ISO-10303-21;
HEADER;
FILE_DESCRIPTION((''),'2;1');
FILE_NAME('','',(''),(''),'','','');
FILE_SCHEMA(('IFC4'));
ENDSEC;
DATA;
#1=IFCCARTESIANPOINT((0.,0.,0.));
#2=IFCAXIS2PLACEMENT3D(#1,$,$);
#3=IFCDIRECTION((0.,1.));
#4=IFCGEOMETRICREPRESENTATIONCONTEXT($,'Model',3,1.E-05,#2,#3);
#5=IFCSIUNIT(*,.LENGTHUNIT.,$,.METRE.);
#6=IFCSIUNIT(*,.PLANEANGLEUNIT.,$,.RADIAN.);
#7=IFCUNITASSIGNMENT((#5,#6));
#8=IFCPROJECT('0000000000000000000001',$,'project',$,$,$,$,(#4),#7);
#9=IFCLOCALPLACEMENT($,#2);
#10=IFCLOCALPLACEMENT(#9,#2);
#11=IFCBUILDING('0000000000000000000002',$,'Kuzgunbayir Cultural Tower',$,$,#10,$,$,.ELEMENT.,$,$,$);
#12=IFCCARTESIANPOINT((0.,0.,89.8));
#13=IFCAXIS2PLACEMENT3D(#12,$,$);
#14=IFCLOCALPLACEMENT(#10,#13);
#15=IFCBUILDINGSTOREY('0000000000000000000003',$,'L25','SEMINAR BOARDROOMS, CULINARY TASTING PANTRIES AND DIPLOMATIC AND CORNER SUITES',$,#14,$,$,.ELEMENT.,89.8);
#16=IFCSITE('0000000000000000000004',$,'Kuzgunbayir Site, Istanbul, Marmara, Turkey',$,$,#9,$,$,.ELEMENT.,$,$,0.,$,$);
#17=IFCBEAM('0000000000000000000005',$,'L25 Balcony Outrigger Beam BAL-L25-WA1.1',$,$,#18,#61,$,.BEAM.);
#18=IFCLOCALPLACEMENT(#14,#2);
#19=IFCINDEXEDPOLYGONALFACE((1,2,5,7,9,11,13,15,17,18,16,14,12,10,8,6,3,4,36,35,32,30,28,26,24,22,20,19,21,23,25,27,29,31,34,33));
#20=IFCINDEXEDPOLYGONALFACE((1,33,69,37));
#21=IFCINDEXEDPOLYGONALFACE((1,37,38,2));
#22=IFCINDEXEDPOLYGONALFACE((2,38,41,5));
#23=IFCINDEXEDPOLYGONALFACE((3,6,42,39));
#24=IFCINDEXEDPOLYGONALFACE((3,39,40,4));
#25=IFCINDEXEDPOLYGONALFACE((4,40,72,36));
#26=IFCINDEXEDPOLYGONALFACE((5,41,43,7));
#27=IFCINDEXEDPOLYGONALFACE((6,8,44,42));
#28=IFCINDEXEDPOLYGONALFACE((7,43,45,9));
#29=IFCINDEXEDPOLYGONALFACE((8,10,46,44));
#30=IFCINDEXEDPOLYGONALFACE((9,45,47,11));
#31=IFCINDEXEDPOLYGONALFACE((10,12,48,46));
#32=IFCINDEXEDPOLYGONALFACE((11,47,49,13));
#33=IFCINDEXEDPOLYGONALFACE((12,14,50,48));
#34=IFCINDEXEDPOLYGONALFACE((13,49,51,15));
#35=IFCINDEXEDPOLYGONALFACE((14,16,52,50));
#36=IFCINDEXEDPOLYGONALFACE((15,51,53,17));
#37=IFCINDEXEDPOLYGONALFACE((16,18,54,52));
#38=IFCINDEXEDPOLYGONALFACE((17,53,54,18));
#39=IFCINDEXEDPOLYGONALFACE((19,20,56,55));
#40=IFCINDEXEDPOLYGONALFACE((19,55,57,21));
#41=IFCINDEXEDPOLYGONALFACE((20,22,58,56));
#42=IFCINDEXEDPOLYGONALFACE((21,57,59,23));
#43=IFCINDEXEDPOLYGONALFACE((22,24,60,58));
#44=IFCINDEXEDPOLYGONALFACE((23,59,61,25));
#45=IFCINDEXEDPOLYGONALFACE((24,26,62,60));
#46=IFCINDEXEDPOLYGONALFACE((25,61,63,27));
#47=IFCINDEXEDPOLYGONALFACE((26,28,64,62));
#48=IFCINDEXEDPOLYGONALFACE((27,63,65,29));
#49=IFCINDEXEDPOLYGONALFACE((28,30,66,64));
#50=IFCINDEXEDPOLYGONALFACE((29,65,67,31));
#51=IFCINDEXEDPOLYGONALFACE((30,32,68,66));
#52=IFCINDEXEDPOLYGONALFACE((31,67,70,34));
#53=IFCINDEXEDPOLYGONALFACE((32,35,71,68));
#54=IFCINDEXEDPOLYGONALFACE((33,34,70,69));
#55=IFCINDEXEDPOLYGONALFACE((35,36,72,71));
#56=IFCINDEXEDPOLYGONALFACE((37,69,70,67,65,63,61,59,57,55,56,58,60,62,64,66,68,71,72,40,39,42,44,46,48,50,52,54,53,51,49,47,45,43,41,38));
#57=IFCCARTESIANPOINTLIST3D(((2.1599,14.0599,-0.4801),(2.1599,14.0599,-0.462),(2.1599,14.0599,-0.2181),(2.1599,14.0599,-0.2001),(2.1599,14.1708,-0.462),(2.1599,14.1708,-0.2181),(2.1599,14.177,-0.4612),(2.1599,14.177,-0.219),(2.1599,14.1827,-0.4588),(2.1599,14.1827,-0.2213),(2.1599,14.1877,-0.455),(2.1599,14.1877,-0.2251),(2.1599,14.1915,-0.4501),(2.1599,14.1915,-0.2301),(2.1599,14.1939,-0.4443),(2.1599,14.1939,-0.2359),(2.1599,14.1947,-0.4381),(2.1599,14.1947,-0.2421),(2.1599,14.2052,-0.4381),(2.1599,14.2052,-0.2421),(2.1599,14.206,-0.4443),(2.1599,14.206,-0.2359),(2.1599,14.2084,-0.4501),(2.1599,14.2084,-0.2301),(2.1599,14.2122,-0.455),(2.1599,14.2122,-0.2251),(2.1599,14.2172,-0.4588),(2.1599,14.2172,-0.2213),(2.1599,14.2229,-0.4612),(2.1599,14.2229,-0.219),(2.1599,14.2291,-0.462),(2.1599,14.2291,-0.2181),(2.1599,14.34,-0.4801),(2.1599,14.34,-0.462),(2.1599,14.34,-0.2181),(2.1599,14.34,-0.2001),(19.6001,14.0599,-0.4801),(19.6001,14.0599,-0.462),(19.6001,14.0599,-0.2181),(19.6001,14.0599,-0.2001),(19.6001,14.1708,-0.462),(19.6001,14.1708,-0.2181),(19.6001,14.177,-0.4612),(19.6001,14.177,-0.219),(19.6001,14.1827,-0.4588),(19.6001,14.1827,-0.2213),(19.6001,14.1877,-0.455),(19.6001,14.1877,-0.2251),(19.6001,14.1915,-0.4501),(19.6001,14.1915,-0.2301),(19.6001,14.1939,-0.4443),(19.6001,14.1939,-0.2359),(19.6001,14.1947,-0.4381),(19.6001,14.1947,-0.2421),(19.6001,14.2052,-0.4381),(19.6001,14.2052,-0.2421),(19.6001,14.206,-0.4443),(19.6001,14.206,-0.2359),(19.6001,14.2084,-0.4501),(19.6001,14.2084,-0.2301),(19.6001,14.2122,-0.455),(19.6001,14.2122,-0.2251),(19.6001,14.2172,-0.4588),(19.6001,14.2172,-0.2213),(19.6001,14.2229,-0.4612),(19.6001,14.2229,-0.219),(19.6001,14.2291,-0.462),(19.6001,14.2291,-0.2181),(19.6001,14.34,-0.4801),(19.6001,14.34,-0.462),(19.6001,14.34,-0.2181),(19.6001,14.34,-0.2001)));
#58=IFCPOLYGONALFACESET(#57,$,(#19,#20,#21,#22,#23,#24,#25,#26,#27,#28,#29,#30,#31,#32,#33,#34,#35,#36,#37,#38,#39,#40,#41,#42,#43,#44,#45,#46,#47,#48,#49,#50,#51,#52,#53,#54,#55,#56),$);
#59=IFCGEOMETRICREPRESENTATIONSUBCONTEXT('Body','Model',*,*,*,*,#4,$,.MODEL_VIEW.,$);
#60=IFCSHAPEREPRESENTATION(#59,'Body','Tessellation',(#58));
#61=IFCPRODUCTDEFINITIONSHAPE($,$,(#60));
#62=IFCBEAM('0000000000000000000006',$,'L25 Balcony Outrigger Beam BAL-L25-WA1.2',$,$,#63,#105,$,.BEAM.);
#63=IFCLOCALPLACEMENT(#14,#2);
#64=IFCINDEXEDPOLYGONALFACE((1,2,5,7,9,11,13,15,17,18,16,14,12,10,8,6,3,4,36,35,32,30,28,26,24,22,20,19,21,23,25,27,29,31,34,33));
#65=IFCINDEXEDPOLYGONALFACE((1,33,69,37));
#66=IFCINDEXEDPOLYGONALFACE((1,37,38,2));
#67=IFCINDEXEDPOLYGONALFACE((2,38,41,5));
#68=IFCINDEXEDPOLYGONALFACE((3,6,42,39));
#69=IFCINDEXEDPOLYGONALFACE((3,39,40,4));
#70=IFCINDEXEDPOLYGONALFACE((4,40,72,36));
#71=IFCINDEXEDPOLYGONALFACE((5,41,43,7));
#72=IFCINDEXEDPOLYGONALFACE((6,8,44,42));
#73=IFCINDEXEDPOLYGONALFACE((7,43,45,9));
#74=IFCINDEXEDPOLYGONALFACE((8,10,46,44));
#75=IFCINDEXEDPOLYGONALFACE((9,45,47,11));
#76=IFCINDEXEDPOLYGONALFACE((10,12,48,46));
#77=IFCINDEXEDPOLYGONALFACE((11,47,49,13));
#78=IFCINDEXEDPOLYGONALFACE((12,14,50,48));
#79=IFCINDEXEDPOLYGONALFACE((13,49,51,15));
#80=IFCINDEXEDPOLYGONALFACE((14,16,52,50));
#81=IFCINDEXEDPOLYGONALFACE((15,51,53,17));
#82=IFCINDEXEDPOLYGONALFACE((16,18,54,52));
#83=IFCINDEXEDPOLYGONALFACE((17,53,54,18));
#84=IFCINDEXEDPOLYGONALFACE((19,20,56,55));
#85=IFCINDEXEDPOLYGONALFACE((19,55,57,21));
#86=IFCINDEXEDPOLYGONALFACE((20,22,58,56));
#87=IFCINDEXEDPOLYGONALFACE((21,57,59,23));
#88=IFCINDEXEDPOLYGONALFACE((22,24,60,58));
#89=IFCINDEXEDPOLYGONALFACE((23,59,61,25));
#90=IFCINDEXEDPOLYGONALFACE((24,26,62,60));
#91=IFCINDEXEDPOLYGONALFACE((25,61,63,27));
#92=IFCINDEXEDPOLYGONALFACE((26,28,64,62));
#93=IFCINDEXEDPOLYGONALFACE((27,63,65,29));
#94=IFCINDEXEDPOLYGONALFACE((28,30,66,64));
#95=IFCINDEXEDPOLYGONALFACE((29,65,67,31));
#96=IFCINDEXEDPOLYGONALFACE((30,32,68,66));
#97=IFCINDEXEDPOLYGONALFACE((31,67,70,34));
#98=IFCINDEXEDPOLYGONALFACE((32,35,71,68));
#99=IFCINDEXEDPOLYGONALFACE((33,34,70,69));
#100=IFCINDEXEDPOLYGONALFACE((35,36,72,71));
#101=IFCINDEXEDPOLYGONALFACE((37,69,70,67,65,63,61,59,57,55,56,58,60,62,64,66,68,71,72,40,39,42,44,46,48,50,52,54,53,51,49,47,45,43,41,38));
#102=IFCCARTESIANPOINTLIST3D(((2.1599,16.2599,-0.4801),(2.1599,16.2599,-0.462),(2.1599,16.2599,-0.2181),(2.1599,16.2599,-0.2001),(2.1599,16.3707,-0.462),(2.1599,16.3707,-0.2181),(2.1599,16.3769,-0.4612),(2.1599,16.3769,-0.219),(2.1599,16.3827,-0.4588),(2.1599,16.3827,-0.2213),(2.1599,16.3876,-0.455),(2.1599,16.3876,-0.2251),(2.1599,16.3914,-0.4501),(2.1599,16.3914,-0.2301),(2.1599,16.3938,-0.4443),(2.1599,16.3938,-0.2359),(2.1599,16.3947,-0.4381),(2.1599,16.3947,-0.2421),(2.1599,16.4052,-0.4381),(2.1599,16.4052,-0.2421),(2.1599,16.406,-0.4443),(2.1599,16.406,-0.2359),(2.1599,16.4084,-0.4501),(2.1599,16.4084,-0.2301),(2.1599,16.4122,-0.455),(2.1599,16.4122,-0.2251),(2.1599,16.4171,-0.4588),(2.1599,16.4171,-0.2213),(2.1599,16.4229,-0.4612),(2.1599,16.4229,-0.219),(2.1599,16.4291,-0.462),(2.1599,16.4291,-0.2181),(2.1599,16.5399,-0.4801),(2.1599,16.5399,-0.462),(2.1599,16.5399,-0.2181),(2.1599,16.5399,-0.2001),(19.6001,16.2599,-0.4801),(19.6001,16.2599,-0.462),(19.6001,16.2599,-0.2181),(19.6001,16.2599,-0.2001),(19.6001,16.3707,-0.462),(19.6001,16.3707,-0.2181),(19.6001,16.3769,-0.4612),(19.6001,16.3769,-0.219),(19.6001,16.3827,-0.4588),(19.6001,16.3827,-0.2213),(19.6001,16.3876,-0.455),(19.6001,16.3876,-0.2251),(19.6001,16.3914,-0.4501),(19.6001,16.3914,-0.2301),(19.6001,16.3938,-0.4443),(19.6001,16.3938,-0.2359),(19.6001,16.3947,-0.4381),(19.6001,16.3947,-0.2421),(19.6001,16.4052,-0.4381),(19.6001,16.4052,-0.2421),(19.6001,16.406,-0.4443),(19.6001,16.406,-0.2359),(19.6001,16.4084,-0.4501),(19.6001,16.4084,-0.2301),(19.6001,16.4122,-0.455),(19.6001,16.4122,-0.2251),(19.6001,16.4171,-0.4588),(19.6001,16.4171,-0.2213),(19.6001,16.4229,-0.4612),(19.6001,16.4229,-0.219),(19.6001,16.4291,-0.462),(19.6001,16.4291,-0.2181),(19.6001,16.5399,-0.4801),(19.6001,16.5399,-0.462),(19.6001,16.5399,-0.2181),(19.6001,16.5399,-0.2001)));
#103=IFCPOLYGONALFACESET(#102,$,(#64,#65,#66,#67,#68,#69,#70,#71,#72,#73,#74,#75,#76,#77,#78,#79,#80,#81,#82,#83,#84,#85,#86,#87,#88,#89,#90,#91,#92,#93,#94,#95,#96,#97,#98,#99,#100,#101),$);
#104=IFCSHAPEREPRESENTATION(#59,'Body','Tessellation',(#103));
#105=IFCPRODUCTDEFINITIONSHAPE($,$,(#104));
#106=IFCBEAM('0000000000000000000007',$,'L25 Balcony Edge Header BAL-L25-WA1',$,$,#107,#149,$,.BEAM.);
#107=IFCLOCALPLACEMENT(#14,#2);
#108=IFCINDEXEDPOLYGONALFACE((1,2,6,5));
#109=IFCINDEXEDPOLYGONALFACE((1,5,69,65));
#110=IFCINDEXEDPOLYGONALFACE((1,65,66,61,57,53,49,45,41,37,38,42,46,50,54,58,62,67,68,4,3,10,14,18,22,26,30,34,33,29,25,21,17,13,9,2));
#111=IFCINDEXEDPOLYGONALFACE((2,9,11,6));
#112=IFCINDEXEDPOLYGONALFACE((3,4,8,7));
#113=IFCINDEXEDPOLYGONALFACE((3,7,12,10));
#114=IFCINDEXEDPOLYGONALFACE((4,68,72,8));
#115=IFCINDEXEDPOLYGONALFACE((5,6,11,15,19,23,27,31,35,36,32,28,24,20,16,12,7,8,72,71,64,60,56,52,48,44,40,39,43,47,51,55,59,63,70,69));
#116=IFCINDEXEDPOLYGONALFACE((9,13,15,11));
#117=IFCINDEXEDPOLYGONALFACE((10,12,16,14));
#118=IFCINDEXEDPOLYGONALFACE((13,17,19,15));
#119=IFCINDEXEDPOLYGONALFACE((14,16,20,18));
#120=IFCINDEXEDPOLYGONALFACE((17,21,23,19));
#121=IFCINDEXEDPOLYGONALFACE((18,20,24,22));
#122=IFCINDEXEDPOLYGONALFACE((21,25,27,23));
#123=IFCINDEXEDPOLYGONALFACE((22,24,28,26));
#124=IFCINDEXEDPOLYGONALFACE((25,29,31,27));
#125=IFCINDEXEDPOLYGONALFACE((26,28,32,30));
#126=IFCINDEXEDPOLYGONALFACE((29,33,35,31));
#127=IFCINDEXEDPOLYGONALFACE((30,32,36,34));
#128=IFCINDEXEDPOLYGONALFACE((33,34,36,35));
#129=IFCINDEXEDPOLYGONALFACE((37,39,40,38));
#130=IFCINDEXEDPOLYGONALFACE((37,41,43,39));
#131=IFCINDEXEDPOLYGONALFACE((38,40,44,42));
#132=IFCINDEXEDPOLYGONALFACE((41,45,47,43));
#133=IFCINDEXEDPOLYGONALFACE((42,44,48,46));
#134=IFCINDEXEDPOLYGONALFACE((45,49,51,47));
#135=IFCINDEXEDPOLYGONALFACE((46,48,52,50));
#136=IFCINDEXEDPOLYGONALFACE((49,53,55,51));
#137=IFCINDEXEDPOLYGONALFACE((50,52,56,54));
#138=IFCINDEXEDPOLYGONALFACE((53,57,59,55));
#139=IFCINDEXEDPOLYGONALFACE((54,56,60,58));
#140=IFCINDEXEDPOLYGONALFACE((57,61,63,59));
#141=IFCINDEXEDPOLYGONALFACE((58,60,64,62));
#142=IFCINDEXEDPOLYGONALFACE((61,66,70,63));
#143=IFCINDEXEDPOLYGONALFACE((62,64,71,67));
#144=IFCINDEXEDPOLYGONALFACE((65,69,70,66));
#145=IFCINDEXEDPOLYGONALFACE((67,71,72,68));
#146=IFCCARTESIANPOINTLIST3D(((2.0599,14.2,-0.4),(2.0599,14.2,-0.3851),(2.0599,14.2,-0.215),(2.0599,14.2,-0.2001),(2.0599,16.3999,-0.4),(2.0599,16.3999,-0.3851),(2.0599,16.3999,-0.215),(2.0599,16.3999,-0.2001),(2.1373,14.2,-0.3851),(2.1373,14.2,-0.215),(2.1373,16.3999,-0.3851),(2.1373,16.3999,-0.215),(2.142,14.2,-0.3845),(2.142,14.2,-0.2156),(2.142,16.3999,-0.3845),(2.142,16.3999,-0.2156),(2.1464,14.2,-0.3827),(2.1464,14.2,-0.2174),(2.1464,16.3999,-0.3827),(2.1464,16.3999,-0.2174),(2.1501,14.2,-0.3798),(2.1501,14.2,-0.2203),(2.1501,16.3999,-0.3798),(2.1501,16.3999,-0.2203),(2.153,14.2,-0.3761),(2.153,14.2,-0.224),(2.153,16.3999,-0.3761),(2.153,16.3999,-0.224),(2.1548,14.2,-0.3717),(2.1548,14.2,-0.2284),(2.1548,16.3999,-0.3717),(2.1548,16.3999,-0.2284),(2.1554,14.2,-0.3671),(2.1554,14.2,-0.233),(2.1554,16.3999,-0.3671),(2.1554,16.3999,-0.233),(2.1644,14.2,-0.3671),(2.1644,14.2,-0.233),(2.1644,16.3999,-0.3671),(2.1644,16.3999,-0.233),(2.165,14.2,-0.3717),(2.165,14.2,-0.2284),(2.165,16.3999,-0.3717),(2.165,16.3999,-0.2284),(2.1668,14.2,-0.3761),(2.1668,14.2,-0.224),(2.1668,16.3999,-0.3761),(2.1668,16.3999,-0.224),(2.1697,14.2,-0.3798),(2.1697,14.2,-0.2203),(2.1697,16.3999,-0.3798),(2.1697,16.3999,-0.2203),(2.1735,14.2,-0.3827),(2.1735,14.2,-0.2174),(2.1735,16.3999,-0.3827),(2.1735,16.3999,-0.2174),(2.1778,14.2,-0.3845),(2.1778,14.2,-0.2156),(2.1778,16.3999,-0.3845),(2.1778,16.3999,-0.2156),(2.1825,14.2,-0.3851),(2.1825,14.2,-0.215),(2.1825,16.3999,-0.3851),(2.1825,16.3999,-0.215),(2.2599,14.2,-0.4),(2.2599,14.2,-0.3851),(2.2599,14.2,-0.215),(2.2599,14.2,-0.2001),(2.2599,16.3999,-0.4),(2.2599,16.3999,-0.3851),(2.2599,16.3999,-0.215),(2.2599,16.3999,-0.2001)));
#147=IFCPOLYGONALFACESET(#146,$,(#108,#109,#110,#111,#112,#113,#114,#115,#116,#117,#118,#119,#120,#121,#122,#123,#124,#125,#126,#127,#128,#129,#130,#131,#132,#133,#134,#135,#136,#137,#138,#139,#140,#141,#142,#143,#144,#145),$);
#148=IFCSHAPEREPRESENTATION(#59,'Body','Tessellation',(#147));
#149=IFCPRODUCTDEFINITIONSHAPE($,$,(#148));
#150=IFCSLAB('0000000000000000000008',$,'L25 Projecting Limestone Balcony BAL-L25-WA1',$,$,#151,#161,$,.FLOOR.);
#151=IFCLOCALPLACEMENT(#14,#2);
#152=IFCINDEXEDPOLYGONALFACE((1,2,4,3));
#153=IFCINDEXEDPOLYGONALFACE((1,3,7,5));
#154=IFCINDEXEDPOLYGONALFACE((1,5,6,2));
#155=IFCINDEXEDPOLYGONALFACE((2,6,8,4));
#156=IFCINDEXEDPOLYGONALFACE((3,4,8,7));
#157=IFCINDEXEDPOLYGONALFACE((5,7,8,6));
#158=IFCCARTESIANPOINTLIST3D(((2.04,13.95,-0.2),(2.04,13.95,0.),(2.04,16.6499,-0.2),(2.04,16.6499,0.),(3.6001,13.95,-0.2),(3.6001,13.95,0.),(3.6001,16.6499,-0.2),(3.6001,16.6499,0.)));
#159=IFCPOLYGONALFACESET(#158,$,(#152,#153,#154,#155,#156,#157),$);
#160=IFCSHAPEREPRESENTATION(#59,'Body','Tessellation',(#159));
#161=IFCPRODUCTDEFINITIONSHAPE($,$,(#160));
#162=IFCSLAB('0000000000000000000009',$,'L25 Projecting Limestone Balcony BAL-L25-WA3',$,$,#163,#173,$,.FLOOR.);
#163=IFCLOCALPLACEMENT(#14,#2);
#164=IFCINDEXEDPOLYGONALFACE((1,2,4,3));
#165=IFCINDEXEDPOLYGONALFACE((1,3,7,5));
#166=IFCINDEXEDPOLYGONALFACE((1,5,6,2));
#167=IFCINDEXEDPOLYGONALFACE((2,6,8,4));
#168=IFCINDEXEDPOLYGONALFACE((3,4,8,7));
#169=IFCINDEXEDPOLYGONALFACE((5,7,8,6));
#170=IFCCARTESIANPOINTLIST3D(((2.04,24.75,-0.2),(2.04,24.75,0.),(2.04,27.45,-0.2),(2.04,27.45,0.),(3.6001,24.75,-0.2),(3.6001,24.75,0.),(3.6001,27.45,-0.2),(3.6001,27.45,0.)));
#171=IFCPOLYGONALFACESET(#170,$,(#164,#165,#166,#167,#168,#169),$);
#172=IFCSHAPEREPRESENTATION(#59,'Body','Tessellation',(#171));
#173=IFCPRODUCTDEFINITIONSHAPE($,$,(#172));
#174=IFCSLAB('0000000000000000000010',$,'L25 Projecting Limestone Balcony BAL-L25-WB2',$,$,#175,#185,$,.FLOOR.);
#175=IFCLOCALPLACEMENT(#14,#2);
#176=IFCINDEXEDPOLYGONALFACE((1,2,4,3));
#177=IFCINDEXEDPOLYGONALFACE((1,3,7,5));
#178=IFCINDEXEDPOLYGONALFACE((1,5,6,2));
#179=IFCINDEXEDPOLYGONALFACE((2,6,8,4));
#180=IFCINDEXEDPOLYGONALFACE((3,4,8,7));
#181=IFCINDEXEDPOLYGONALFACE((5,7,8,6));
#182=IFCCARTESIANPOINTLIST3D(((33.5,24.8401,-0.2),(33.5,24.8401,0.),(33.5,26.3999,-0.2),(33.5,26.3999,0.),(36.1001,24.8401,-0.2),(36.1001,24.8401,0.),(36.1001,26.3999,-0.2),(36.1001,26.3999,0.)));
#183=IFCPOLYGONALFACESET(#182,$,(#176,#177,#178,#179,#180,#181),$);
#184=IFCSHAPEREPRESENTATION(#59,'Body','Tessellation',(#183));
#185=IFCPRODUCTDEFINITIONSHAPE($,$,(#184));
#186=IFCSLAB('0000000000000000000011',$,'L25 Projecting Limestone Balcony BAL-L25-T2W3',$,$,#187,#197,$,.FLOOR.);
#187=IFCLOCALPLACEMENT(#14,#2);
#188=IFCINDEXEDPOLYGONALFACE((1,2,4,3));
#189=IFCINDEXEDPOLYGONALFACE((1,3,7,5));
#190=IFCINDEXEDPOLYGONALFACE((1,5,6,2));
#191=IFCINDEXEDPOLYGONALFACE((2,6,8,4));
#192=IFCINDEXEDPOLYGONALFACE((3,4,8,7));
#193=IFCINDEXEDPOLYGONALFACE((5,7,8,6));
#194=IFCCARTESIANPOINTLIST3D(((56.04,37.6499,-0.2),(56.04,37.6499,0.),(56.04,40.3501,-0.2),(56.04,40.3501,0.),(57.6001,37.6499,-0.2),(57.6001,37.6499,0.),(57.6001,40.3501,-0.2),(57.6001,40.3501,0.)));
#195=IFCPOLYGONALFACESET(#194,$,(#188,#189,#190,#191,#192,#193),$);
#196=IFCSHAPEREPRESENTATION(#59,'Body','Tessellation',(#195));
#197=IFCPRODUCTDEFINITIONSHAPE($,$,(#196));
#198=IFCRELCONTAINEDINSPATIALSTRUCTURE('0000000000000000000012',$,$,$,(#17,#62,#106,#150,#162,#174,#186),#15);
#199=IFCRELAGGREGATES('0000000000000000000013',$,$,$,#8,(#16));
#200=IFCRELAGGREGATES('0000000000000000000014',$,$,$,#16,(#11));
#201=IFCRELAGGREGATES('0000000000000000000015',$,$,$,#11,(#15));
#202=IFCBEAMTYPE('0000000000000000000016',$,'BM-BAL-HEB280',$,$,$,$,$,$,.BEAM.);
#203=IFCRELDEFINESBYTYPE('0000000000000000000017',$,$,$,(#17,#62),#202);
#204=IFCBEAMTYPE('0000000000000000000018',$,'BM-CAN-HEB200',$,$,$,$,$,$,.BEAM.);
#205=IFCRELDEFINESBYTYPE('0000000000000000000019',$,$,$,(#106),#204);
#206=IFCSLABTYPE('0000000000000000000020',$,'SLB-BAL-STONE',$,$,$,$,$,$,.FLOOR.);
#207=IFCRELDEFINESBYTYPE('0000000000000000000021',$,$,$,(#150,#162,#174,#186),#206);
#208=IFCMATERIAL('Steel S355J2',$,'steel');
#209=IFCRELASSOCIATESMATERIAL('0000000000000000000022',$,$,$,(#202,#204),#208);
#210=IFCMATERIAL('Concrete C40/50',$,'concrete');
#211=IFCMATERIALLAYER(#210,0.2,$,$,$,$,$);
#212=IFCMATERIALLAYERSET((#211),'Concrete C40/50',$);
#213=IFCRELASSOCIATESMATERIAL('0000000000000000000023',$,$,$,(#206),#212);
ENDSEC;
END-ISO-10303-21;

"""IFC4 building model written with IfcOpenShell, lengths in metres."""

from ifc_helpers import new_model, si_unit, direction, frame, origin, origin_2d, place, context, subcontext, project, spatial, polyline, i_section, outline, extrude, material, layer, layer_set, material_profile, profile_set, type_object, element, save


model = new_model("IFC4")

# Units and contexts
model_context = context("Model", 3, precision=1e-05, world=origin(), true_north=direction((0.0, 1.0)))
body_context = subcontext(model_context, "Body", "Model", "MODEL_VIEW")
ifc_project = project(units=[si_unit("LENGTHUNIT", "METRE"), si_unit("PLANEANGLEUNIT", "RADIAN")], contexts=[model_context])

# Site, building, storey
site_placement = place(None, origin())
site = spatial("IfcSite", under=ifc_project, at=site_placement, Name="Kuzgunbayir Site, Istanbul, Marmara, Turkey", CompositionType="ELEMENT", RefElevation=0.0)
building_placement = place(site_placement, origin())
building = spatial("IfcBuilding", under=site, at=building_placement, Name="Kuzgunbayir Cultural Tower", CompositionType="ELEMENT")
storey_placement = place(building_placement, frame((0.0, 0.0, 89.8)))
storey = spatial("IfcBuildingStorey", under=building, at=storey_placement, Name="L25", Description="SEMINAR BOARDROOMS, CULINARY TASTING PANTRIES AND DIPLOMATIC AND CORNER SUITES", CompositionType="ELEMENT", Elevation=89.8)

# Beams
ifc_material_1 = material(Name="Steel S355J2", Category="steel")
ifc_material_profile_1 = material_profile(ifc_material_1, i_section(OverallWidth=0.28, OverallDepth=0.28, WebThickness=0.0105, FlangeThickness=0.0181, FilletRadius=0.0239, at=origin_2d()), Name="HEB 280")
ifc_profile_set_1 = profile_set([ifc_material_profile_1], Name="Steel S355J2")
beam_type_1 = type_object("IfcBeamType", Name="BM-BAL-HEB280", PredefinedType="BEAM", material=ifc_profile_set_1)
for number, where, z_axis, x_axis, name in (
    (1, (2.1599, 14.2, -0.3401), (1.0, 0.0, 0.0), (0.0, 1.0, 0.0), "L25 Balcony Outrigger Beam BAL-L25-WA1.1"),
    (2, (2.1599, 16.3999, -0.3401), (1.0, 0.0, 0.0), (0.0, 1.0, 0.0), "L25 Balcony Outrigger Beam BAL-L25-WA1.2"),
):
    element("IfcBeam", number, at=place(storey_placement, frame(where, z_axis=z_axis, x_axis=x_axis)), inside=storey, type_object=beam_type_1, Name=name, PredefinedType="BEAM", context=body_context, shape_type="SweptSolid", body=[
        extrude(i_section(OverallWidth=0.28, OverallDepth=0.28, WebThickness=0.0105, FlangeThickness=0.0181, FilletRadius=0.0239, at=origin_2d()), origin(), (0.0, 0.0, 1.0), 17.4402),
    ])
ifc_material_profile_2 = material_profile(ifc_material_1, i_section(OverallWidth=0.2, OverallDepth=0.2, WebThickness=0.009, FlangeThickness=0.0149, FilletRadius=0.0181, at=origin_2d()), Name="HEB 200")
ifc_profile_set_2 = profile_set([ifc_material_profile_2], Name="Steel S355J2")
beam_type_2 = type_object("IfcBeamType", Name="BM-CAN-HEB200", PredefinedType="BEAM", material=ifc_profile_set_2)
beam_placement = place(storey_placement, frame((2.1599, 14.2, -0.3), z_axis=(0.0, 1.0, 0.0), x_axis=(-1.0, 0.0, 0.0)))
element("IfcBeam", 3, at=beam_placement, inside=storey, type_object=beam_type_2, Name="L25 Balcony Edge Header BAL-L25-WA1", PredefinedType="BEAM", context=body_context, shape_type="SweptSolid", body=[
    extrude(i_section(OverallWidth=0.2, OverallDepth=0.2, WebThickness=0.009, FlangeThickness=0.0149, FilletRadius=0.0181, at=origin_2d()), origin(), (0.0, 0.0, 1.0), 2.2),
])

# Slabs
ifc_material_2 = material(Name="Concrete C40/50", Category="concrete")
ifc_layer_1 = layer(ifc_material_2, 0.2)
ifc_layer_set_1 = layer_set([ifc_layer_1], Name="Concrete C40/50")
slab_type_1 = type_object("IfcSlabType", Name="SLB-BAL-STONE", PredefinedType="FLOOR", material=ifc_layer_set_1)
slab_1_placement = place(storey_placement, frame((0.0, 0.0, -0.2)))
element("IfcSlab", 4, at=slab_1_placement, inside=storey, type_object=slab_type_1, Name="L25 Projecting Limestone Balcony BAL-L25-WA1", PredefinedType="FLOOR", context=body_context, shape_type="SweptSolid", body=[
    extrude(outline(polyline([(2.04, 13.95), (3.6001, 13.95), (3.6001, 16.6499), (2.04, 16.6499), (2.04, 13.95)])), origin(), (0.0, 0.0, 1.0), 0.2),
])
slab_2_placement = place(storey_placement, frame((0.0, 0.0, -0.2)))
element("IfcSlab", 5, at=slab_2_placement, inside=storey, type_object=slab_type_1, Name="L25 Projecting Limestone Balcony BAL-L25-WA3", PredefinedType="FLOOR", context=body_context, shape_type="SweptSolid", body=[
    extrude(outline(polyline([(2.04, 24.75), (3.6001, 24.75), (3.6001, 27.45), (2.04, 27.45), (2.04, 24.75)])), origin(), (0.0, 0.0, 1.0), 0.2),
])
slab_3_placement = place(storey_placement, frame((0.0, 0.0, -0.2)))
element("IfcSlab", 6, at=slab_3_placement, inside=storey, type_object=slab_type_1, Name="L25 Projecting Limestone Balcony BAL-L25-WB2", PredefinedType="FLOOR", context=body_context, shape_type="SweptSolid", body=[
    extrude(outline(polyline([(33.5, 24.8401), (36.1001, 24.8401), (36.1001, 26.3999), (33.5, 26.3999), (33.5, 24.8401)])), origin(), (0.0, 0.0, 1.0), 0.2),
])
slab_4_placement = place(storey_placement, frame((0.0, 0.0, -0.2)))
element("IfcSlab", 7, at=slab_4_placement, inside=storey, type_object=slab_type_1, Name="L25 Projecting Limestone Balcony BAL-L25-T2W3", PredefinedType="FLOOR", context=body_context, shape_type="SweptSolid", body=[
    extrude(outline(polyline([(56.04, 37.6499), (57.6001, 37.6499), (57.6001, 40.3501), (56.04, 40.3501), (56.04, 37.6499)])), origin(), (0.0, 0.0, 1.0), 0.2),
])

save(model, "model.ifc")
